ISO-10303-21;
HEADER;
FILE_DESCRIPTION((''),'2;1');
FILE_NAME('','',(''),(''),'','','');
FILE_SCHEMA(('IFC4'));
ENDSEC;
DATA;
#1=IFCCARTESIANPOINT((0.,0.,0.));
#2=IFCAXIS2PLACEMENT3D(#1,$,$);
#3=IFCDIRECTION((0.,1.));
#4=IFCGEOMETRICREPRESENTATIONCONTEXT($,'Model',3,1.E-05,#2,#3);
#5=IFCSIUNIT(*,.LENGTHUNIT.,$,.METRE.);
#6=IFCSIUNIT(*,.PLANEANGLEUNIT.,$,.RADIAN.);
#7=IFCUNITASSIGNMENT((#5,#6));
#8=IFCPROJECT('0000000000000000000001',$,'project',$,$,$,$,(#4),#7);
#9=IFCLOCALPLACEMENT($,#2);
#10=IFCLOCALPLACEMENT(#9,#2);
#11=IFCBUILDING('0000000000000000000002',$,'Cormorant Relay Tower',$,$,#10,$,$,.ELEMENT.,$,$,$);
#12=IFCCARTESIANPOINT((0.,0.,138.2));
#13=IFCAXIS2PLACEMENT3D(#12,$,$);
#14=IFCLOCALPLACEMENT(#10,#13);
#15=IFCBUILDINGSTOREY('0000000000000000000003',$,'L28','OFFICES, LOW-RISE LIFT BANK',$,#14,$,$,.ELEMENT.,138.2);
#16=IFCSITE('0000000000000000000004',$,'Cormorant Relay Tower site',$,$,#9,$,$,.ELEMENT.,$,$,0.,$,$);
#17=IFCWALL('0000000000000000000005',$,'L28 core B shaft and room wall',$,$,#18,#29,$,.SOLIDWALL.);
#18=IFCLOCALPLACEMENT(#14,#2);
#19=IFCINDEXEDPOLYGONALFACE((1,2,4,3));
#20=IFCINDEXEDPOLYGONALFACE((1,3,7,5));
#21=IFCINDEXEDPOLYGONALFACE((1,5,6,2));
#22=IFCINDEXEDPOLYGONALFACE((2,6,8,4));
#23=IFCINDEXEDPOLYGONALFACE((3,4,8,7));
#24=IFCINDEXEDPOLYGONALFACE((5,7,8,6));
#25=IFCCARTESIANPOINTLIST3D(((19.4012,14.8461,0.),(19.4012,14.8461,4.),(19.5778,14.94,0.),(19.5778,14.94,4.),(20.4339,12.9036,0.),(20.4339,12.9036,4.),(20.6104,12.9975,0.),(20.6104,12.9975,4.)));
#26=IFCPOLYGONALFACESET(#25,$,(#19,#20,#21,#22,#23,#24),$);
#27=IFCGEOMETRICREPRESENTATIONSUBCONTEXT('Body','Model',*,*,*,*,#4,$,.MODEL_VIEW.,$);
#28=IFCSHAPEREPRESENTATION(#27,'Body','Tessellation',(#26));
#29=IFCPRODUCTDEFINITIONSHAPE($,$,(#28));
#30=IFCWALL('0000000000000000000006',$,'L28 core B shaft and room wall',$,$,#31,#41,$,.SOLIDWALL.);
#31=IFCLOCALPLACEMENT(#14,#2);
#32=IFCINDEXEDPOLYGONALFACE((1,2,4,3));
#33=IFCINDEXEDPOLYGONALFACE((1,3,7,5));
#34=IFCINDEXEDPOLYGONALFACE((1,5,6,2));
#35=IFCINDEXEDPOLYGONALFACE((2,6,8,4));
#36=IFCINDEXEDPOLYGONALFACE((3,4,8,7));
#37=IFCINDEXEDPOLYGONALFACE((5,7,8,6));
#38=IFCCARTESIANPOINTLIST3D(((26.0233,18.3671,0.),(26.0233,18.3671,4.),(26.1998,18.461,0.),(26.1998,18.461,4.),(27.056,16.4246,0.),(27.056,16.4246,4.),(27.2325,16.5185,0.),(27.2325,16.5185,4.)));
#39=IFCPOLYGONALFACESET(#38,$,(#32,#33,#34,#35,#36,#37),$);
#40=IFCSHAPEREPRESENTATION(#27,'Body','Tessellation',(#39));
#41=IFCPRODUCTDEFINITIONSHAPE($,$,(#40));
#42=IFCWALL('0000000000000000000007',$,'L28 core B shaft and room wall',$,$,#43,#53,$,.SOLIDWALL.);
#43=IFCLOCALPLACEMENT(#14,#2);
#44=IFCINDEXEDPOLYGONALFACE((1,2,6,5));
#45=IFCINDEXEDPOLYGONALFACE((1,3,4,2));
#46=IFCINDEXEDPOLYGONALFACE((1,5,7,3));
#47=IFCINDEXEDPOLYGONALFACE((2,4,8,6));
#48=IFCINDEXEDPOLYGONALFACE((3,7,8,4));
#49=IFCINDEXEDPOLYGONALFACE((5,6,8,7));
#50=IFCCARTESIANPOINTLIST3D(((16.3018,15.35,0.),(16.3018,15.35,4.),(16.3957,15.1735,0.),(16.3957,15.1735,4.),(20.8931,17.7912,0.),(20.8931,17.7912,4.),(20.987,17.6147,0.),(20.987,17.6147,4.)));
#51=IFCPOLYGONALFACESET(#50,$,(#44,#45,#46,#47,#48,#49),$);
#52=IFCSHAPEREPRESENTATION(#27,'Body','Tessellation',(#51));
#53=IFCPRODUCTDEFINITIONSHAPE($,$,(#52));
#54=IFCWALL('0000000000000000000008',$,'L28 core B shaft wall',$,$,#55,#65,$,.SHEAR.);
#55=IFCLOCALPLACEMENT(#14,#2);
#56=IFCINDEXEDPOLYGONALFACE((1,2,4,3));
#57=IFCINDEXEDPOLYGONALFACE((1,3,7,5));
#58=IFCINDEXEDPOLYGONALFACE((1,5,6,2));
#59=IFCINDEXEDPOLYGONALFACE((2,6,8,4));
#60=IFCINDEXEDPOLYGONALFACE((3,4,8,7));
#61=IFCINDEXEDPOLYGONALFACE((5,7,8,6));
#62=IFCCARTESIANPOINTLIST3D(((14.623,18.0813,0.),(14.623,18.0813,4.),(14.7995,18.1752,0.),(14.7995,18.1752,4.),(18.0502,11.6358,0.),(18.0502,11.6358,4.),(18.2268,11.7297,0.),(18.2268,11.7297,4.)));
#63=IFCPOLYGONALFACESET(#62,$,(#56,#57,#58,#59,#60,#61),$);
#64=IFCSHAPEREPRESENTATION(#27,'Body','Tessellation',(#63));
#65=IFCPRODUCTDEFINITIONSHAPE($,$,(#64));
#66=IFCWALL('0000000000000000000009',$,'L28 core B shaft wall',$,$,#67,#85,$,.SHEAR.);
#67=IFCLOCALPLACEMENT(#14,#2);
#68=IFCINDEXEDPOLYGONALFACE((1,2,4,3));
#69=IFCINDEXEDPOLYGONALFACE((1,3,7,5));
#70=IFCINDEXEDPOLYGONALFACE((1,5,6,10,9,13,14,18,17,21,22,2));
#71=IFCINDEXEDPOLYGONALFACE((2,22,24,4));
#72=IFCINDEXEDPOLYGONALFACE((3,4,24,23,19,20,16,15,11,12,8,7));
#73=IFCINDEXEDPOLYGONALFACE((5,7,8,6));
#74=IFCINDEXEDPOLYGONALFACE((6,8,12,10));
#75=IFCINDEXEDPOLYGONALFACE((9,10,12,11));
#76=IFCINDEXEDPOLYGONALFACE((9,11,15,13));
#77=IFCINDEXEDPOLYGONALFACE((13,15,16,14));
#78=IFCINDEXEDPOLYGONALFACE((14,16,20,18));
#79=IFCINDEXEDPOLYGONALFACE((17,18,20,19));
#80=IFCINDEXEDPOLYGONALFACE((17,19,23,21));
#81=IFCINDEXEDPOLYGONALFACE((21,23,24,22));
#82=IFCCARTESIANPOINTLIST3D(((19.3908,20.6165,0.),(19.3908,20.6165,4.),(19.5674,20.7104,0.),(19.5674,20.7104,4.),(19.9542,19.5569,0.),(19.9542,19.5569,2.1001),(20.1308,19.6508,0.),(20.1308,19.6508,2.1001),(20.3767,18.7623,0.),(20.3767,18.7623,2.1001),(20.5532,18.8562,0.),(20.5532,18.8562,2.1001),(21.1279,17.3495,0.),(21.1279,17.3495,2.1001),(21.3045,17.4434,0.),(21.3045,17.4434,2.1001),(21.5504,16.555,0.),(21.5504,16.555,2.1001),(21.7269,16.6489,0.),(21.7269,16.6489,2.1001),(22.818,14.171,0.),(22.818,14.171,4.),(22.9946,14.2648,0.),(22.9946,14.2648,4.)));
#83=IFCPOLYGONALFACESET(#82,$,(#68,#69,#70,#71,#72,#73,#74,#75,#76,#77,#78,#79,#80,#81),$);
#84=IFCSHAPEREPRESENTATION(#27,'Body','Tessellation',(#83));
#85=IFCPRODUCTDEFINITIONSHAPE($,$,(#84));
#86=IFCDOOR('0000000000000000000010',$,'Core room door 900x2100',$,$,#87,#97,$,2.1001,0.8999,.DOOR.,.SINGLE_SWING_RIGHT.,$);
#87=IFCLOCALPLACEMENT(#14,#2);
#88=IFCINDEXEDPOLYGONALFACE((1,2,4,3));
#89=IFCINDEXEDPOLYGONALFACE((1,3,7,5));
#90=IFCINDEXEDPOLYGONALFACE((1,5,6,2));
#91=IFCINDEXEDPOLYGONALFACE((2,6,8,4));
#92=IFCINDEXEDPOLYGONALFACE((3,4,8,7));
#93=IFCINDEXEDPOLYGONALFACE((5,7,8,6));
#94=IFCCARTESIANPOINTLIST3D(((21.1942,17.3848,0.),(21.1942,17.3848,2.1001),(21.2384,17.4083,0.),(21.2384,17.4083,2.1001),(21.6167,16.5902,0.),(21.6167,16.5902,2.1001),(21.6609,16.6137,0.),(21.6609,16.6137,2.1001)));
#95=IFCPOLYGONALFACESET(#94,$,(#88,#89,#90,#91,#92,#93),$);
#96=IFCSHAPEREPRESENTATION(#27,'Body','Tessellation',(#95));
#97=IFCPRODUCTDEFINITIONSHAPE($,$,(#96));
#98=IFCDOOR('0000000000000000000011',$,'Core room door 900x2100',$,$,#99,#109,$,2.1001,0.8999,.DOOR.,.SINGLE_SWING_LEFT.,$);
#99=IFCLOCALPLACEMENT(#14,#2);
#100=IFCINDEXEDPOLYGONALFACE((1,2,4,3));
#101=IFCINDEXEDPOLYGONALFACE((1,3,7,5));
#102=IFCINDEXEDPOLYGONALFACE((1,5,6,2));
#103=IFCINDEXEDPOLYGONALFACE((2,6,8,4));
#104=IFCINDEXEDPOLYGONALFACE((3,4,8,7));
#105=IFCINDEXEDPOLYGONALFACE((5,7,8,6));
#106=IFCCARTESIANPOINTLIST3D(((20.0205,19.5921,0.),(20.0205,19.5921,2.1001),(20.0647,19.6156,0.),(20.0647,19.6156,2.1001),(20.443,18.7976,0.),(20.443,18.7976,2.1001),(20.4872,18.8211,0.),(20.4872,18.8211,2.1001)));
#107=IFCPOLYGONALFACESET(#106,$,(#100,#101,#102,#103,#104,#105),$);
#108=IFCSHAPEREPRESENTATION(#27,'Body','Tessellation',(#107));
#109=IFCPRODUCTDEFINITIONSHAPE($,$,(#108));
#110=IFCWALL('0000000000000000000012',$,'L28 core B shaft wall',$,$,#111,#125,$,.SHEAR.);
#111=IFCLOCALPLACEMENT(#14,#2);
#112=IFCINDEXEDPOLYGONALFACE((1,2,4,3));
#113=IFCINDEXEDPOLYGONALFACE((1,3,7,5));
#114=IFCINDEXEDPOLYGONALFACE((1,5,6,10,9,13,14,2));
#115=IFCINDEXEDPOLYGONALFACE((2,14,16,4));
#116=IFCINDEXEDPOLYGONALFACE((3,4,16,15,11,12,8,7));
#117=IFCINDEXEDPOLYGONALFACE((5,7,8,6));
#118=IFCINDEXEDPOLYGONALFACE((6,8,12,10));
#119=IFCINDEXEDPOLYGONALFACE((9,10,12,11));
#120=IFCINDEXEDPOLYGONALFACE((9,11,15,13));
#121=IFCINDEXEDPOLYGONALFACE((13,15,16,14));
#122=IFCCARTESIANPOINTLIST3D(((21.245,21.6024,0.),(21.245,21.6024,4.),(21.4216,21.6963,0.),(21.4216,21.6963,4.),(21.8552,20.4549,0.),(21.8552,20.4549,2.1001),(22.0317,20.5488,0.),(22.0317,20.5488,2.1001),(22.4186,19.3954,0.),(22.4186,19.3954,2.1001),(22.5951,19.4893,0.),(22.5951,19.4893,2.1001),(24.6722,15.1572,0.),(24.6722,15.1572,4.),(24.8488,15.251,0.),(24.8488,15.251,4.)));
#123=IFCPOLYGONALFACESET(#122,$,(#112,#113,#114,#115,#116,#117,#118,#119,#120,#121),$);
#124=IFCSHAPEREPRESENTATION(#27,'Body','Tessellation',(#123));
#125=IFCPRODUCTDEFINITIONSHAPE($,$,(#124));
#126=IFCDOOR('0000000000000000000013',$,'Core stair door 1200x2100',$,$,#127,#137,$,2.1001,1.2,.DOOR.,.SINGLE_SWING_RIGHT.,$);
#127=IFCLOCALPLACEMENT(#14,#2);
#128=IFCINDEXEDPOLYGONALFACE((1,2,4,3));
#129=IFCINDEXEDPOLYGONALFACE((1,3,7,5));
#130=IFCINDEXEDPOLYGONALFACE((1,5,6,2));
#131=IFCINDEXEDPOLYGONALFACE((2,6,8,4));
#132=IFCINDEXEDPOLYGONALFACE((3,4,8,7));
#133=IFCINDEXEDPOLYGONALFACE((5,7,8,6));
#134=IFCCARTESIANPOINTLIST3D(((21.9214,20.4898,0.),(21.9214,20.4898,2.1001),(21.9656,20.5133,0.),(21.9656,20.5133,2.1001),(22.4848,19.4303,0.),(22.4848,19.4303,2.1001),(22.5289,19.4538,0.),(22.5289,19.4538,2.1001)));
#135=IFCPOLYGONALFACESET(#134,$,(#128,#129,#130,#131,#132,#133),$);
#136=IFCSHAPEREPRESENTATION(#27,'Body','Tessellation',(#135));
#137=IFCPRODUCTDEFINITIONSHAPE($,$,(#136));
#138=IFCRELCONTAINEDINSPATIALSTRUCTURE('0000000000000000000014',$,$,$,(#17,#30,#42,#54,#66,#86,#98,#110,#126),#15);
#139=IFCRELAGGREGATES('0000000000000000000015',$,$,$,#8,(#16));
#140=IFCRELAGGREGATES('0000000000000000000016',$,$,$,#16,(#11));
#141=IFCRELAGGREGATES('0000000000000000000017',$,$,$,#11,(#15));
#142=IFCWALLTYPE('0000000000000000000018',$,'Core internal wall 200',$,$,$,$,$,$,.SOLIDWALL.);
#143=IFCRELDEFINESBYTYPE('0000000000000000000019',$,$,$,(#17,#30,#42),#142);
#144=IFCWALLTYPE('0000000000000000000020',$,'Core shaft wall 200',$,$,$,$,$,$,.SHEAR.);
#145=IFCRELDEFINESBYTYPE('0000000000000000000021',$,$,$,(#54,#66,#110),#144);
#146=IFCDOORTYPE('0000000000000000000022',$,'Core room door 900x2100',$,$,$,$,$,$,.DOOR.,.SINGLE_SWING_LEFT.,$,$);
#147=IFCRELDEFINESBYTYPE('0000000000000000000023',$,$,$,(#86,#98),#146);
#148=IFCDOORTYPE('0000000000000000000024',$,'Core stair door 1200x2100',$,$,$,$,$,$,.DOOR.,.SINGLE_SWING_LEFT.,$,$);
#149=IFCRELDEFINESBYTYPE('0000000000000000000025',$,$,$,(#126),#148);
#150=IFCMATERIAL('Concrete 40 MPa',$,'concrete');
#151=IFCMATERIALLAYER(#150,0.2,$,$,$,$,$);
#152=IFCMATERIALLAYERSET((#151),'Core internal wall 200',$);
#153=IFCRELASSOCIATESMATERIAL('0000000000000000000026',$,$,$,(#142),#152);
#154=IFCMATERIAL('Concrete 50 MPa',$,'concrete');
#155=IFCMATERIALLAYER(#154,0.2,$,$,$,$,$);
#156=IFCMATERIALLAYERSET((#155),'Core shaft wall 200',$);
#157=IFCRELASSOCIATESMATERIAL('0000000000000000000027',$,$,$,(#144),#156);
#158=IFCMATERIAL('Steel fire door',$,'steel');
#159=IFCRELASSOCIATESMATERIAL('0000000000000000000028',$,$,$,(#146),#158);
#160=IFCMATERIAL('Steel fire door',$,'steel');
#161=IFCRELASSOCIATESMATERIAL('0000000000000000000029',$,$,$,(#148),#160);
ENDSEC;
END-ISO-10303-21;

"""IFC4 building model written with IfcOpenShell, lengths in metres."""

from ifc_helpers import new_model, si_unit, direction, frame, frame_2d, origin, place, context, subcontext, project, spatial, rectangle, extrude, material, layer, layer_set, type_object, element, fill, save


model = new_model("IFC4")

# Units and contexts
model_context = context("Model", 3, precision=1e-05, world=origin(), true_north=direction((0.0, 1.0)))
body_context = subcontext(model_context, "Body", "Model", "MODEL_VIEW")
ifc_project = project(units=[si_unit("LENGTHUNIT", "METRE"), si_unit("PLANEANGLEUNIT", "RADIAN")], contexts=[model_context])

# Site, building, storey
site_placement = place(None, origin())
site = spatial("IfcSite", under=ifc_project, at=site_placement, Name="Cormorant Relay Tower site", CompositionType="ELEMENT", RefElevation=0.0)
building_placement = place(site_placement, origin())
building = spatial("IfcBuilding", under=site, at=building_placement, Name="Cormorant Relay Tower", CompositionType="ELEMENT")
storey_placement = place(building_placement, frame((0.0, 0.0, 138.2)))
storey = spatial("IfcBuildingStorey", under=building, at=storey_placement, Name="L28", Description="OFFICES, LOW-RISE LIFT BANK", CompositionType="ELEMENT", Elevation=138.2)

# Walls
ifc_material_1 = material(Name="Concrete 40 MPa", Category="concrete")
ifc_layer_1 = layer(ifc_material_1, 0.2)
ifc_layer_set_1 = layer_set([ifc_layer_1], Name="Core internal wall 200")
wall_type_1 = type_object("IfcWallType", Name="Core internal wall 200", PredefinedType="SOLIDWALL", material=ifc_layer_set_1)
for number, where, z_axis, x_axis, name in (
    (1, (20.5222, 12.9504, 0.0), (0.0, 0.0, 1.0), (-0.469401, 0.882985, 0.0), "L28 core B shaft and room wall"),
    (2, (27.1443, 16.4714, 0.0), (0.0, 0.0, 1.0), (-0.469401, 0.882985, 0.0), "L28 core B shaft and room wall"),
):
    element("IfcWall", number, at=place(storey_placement, frame(where, z_axis=z_axis, x_axis=x_axis)), inside=storey, type_object=wall_type_1, Name=name, PredefinedType="SOLIDWALL", context=body_context, shape_type="SweptSolid", body=[
        extrude(rectangle(XDim=2.2, YDim=0.2, at=frame_2d((1.1001, 0.0))), origin(), (0.0, 0.0, 1.0), 4.0),
    ])
wall_1_placement = place(storey_placement, frame((16.3486, 15.2617, 0.0), z_axis=(0.0, 0.0, 1.0), x_axis=(0.882954, 0.46946, 0.0)))
element("IfcWall", 3, at=wall_1_placement, inside=storey, type_object=wall_type_1, Name="L28 core B shaft and room wall", PredefinedType="SOLIDWALL", context=body_context, shape_type="SweptSolid", body=[
    extrude(rectangle(XDim=5.2, YDim=0.2, at=frame_2d((2.6001, 0.0))), origin(), (0.0, 0.0, 1.0), 4.0),
])
ifc_material_2 = material(Name="Concrete 50 MPa", Category="concrete")
ifc_layer_2 = layer(ifc_material_2, 0.2)
ifc_layer_set_2 = layer_set([ifc_layer_2], Name="Core shaft wall 200")
wall_type_2 = type_object("IfcWallType", Name="Core shaft wall 200", PredefinedType="SHEAR", material=ifc_layer_set_2)
wall_2_placement = place(storey_placement, frame((18.1384, 11.6829, 0.0), z_axis=(0.0, 0.0, 1.0), x_axis=(-0.46948, 0.882943, 0.0)))
element("IfcWall", 4, at=wall_2_placement, inside=storey, type_object=wall_type_2, Name="L28 core B shaft wall", PredefinedType="SHEAR", context=body_context, shape_type="SweptSolid", body=[
    extrude(rectangle(XDim=7.3, YDim=0.2, at=frame_2d((3.6499, 0.0))), origin(), (0.0, 0.0, 1.0), 4.0),
])

# Wall, openings, doors
wall_3_placement = place(storey_placement, frame((22.9062, 14.218, 0.0), z_axis=(0.0, 0.0, 1.0), x_axis=(-0.46948, 0.882943, 0.0)))
wall_3 = element("IfcWall", 5, at=wall_3_placement, inside=storey, type_object=wall_type_2, Name="L28 core B shaft wall", PredefinedType="SHEAR", context=body_context, shape_type="SweptSolid", body=[
    extrude(rectangle(XDim=7.3, YDim=0.2, at=frame_2d((3.6499, 0.0))), origin(), (0.0, 0.0, 1.0), 4.0),
])
opening_1_placement = place(wall_3_placement, frame((2.7, 0.0, 0.0)))
opening_1 = element("IfcOpeningElement", 6, at=opening_1_placement, cuts=wall_3, PredefinedType="OPENING", context=body_context, shape_type="SweptSolid", body=[
    extrude(rectangle(XDim=0.8999, YDim=2.1001, at=frame_2d((0.45, 1.05))), frame((0.0, 0.1099, 0.0), z_axis=(0.0, -1.0, 0.0), x_axis=(1.0, 0.0, 0.0)), (0.0, 0.0, 1.0), 0.22),
])
opening_2_placement = place(wall_3_placement, frame((5.2, 0.0, 0.0)))
opening_2 = element("IfcOpeningElement", 7, at=opening_2_placement, cuts=wall_3, PredefinedType="OPENING", context=body_context, shape_type="SweptSolid", body=[
    extrude(rectangle(XDim=0.8999, YDim=2.1001, at=frame_2d((0.45, 1.05))), frame((0.0, 0.1099, 0.0), z_axis=(0.0, -1.0, 0.0), x_axis=(1.0, 0.0, 0.0)), (0.0, 0.0, 1.0), 0.22),
])
ifc_material_3 = material(Name="Steel fire door", Category="steel")
door_type_1 = type_object("IfcDoorType", Name="Core room door 900x2100", OperationType="SINGLE_SWING_LEFT", PredefinedType="DOOR", material=ifc_material_3)
door_1_placement = place(opening_1_placement, origin())
door_1 = element("IfcDoor", 8, at=door_1_placement, inside=storey, type_object=door_type_1, Name="Core room door 900x2100", OperationType="SINGLE_SWING_RIGHT", OverallHeight=2.1001, OverallWidth=0.8999, PredefinedType="DOOR", context=body_context, shape_type="SweptSolid", body=[
    extrude(rectangle(XDim=0.8999, YDim=2.1001, at=frame_2d((0.45, 1.05))), frame((0.0, 0.0249, 0.0), z_axis=(0.0, -1.0, 0.0), x_axis=(1.0, 0.0, 0.0)), (0.0, 0.0, 1.0), 0.05),
])
fill(opening_1, door_1)
door_2_placement = place(opening_2_placement, origin())
door_2 = element("IfcDoor", 9, at=door_2_placement, inside=storey, type_object=door_type_1, Name="Core room door 900x2100", OperationType="SINGLE_SWING_LEFT", OverallHeight=2.1001, OverallWidth=0.8999, PredefinedType="DOOR", context=body_context, shape_type="SweptSolid", body=[
    extrude(rectangle(XDim=0.8999, YDim=2.1001, at=frame_2d((0.45, 1.05))), frame((0.0, 0.0249, 0.0), z_axis=(0.0, -1.0, 0.0), x_axis=(1.0, 0.0, 0.0)), (0.0, 0.0, 1.0), 0.05),
])
fill(opening_2, door_2)

# Wall, opening, door
wall_4_placement = place(storey_placement, frame((24.7605, 15.2041, 0.0), z_axis=(0.0, 0.0, 1.0), x_axis=(-0.469494, 0.882936, 0.0)))
wall_4 = element("IfcWall", 10, at=wall_4_placement, inside=storey, type_object=wall_type_2, Name="L28 core B shaft wall", PredefinedType="SHEAR", context=body_context, shape_type="SweptSolid", body=[
    extrude(rectangle(XDim=7.2998, YDim=0.2, at=frame_2d((3.6499, 0.0))), origin(), (0.0, 0.0, 1.0), 4.0),
])
opening_3_placement = place(wall_4_placement, frame((4.8, 0.0, 0.0)))
opening_3 = element("IfcOpeningElement", 11, at=opening_3_placement, cuts=wall_4, PredefinedType="OPENING", context=body_context, shape_type="SweptSolid", body=[
    extrude(rectangle(XDim=1.2, YDim=2.1001, at=frame_2d((0.6001, 1.05))), frame((0.0, 0.1099, 0.0), z_axis=(0.0, -1.0, 0.0), x_axis=(1.0, 0.0, 0.0)), (0.0, 0.0, 1.0), 0.22),
])
ifc_material_4 = material(Name="Steel fire door", Category="steel")
door_type_2 = type_object("IfcDoorType", Name="Core stair door 1200x2100", OperationType="SINGLE_SWING_LEFT", PredefinedType="DOOR", material=ifc_material_4)
door_3_placement = place(opening_3_placement, frame((1.2, 0.0, 0.0), z_axis=(0.0, 0.0, 1.0), x_axis=(-1.0, 0.0, 0.0)))
door_3 = element("IfcDoor", 12, at=door_3_placement, inside=storey, type_object=door_type_2, Name="Core stair door 1200x2100", OperationType="SINGLE_SWING_RIGHT", OverallHeight=2.1001, OverallWidth=1.2, PredefinedType="DOOR", context=body_context, shape_type="SweptSolid", body=[
    extrude(rectangle(XDim=1.2, YDim=2.1001, at=frame_2d((0.6001, 1.05))), frame((0.0, 0.0249, 0.0), z_axis=(0.0, -1.0, 0.0), x_axis=(1.0, 0.0, 0.0)), (0.0, 0.0, 1.0), 0.05),
])
fill(opening_3, door_3)

save(model, "model.ifc")
